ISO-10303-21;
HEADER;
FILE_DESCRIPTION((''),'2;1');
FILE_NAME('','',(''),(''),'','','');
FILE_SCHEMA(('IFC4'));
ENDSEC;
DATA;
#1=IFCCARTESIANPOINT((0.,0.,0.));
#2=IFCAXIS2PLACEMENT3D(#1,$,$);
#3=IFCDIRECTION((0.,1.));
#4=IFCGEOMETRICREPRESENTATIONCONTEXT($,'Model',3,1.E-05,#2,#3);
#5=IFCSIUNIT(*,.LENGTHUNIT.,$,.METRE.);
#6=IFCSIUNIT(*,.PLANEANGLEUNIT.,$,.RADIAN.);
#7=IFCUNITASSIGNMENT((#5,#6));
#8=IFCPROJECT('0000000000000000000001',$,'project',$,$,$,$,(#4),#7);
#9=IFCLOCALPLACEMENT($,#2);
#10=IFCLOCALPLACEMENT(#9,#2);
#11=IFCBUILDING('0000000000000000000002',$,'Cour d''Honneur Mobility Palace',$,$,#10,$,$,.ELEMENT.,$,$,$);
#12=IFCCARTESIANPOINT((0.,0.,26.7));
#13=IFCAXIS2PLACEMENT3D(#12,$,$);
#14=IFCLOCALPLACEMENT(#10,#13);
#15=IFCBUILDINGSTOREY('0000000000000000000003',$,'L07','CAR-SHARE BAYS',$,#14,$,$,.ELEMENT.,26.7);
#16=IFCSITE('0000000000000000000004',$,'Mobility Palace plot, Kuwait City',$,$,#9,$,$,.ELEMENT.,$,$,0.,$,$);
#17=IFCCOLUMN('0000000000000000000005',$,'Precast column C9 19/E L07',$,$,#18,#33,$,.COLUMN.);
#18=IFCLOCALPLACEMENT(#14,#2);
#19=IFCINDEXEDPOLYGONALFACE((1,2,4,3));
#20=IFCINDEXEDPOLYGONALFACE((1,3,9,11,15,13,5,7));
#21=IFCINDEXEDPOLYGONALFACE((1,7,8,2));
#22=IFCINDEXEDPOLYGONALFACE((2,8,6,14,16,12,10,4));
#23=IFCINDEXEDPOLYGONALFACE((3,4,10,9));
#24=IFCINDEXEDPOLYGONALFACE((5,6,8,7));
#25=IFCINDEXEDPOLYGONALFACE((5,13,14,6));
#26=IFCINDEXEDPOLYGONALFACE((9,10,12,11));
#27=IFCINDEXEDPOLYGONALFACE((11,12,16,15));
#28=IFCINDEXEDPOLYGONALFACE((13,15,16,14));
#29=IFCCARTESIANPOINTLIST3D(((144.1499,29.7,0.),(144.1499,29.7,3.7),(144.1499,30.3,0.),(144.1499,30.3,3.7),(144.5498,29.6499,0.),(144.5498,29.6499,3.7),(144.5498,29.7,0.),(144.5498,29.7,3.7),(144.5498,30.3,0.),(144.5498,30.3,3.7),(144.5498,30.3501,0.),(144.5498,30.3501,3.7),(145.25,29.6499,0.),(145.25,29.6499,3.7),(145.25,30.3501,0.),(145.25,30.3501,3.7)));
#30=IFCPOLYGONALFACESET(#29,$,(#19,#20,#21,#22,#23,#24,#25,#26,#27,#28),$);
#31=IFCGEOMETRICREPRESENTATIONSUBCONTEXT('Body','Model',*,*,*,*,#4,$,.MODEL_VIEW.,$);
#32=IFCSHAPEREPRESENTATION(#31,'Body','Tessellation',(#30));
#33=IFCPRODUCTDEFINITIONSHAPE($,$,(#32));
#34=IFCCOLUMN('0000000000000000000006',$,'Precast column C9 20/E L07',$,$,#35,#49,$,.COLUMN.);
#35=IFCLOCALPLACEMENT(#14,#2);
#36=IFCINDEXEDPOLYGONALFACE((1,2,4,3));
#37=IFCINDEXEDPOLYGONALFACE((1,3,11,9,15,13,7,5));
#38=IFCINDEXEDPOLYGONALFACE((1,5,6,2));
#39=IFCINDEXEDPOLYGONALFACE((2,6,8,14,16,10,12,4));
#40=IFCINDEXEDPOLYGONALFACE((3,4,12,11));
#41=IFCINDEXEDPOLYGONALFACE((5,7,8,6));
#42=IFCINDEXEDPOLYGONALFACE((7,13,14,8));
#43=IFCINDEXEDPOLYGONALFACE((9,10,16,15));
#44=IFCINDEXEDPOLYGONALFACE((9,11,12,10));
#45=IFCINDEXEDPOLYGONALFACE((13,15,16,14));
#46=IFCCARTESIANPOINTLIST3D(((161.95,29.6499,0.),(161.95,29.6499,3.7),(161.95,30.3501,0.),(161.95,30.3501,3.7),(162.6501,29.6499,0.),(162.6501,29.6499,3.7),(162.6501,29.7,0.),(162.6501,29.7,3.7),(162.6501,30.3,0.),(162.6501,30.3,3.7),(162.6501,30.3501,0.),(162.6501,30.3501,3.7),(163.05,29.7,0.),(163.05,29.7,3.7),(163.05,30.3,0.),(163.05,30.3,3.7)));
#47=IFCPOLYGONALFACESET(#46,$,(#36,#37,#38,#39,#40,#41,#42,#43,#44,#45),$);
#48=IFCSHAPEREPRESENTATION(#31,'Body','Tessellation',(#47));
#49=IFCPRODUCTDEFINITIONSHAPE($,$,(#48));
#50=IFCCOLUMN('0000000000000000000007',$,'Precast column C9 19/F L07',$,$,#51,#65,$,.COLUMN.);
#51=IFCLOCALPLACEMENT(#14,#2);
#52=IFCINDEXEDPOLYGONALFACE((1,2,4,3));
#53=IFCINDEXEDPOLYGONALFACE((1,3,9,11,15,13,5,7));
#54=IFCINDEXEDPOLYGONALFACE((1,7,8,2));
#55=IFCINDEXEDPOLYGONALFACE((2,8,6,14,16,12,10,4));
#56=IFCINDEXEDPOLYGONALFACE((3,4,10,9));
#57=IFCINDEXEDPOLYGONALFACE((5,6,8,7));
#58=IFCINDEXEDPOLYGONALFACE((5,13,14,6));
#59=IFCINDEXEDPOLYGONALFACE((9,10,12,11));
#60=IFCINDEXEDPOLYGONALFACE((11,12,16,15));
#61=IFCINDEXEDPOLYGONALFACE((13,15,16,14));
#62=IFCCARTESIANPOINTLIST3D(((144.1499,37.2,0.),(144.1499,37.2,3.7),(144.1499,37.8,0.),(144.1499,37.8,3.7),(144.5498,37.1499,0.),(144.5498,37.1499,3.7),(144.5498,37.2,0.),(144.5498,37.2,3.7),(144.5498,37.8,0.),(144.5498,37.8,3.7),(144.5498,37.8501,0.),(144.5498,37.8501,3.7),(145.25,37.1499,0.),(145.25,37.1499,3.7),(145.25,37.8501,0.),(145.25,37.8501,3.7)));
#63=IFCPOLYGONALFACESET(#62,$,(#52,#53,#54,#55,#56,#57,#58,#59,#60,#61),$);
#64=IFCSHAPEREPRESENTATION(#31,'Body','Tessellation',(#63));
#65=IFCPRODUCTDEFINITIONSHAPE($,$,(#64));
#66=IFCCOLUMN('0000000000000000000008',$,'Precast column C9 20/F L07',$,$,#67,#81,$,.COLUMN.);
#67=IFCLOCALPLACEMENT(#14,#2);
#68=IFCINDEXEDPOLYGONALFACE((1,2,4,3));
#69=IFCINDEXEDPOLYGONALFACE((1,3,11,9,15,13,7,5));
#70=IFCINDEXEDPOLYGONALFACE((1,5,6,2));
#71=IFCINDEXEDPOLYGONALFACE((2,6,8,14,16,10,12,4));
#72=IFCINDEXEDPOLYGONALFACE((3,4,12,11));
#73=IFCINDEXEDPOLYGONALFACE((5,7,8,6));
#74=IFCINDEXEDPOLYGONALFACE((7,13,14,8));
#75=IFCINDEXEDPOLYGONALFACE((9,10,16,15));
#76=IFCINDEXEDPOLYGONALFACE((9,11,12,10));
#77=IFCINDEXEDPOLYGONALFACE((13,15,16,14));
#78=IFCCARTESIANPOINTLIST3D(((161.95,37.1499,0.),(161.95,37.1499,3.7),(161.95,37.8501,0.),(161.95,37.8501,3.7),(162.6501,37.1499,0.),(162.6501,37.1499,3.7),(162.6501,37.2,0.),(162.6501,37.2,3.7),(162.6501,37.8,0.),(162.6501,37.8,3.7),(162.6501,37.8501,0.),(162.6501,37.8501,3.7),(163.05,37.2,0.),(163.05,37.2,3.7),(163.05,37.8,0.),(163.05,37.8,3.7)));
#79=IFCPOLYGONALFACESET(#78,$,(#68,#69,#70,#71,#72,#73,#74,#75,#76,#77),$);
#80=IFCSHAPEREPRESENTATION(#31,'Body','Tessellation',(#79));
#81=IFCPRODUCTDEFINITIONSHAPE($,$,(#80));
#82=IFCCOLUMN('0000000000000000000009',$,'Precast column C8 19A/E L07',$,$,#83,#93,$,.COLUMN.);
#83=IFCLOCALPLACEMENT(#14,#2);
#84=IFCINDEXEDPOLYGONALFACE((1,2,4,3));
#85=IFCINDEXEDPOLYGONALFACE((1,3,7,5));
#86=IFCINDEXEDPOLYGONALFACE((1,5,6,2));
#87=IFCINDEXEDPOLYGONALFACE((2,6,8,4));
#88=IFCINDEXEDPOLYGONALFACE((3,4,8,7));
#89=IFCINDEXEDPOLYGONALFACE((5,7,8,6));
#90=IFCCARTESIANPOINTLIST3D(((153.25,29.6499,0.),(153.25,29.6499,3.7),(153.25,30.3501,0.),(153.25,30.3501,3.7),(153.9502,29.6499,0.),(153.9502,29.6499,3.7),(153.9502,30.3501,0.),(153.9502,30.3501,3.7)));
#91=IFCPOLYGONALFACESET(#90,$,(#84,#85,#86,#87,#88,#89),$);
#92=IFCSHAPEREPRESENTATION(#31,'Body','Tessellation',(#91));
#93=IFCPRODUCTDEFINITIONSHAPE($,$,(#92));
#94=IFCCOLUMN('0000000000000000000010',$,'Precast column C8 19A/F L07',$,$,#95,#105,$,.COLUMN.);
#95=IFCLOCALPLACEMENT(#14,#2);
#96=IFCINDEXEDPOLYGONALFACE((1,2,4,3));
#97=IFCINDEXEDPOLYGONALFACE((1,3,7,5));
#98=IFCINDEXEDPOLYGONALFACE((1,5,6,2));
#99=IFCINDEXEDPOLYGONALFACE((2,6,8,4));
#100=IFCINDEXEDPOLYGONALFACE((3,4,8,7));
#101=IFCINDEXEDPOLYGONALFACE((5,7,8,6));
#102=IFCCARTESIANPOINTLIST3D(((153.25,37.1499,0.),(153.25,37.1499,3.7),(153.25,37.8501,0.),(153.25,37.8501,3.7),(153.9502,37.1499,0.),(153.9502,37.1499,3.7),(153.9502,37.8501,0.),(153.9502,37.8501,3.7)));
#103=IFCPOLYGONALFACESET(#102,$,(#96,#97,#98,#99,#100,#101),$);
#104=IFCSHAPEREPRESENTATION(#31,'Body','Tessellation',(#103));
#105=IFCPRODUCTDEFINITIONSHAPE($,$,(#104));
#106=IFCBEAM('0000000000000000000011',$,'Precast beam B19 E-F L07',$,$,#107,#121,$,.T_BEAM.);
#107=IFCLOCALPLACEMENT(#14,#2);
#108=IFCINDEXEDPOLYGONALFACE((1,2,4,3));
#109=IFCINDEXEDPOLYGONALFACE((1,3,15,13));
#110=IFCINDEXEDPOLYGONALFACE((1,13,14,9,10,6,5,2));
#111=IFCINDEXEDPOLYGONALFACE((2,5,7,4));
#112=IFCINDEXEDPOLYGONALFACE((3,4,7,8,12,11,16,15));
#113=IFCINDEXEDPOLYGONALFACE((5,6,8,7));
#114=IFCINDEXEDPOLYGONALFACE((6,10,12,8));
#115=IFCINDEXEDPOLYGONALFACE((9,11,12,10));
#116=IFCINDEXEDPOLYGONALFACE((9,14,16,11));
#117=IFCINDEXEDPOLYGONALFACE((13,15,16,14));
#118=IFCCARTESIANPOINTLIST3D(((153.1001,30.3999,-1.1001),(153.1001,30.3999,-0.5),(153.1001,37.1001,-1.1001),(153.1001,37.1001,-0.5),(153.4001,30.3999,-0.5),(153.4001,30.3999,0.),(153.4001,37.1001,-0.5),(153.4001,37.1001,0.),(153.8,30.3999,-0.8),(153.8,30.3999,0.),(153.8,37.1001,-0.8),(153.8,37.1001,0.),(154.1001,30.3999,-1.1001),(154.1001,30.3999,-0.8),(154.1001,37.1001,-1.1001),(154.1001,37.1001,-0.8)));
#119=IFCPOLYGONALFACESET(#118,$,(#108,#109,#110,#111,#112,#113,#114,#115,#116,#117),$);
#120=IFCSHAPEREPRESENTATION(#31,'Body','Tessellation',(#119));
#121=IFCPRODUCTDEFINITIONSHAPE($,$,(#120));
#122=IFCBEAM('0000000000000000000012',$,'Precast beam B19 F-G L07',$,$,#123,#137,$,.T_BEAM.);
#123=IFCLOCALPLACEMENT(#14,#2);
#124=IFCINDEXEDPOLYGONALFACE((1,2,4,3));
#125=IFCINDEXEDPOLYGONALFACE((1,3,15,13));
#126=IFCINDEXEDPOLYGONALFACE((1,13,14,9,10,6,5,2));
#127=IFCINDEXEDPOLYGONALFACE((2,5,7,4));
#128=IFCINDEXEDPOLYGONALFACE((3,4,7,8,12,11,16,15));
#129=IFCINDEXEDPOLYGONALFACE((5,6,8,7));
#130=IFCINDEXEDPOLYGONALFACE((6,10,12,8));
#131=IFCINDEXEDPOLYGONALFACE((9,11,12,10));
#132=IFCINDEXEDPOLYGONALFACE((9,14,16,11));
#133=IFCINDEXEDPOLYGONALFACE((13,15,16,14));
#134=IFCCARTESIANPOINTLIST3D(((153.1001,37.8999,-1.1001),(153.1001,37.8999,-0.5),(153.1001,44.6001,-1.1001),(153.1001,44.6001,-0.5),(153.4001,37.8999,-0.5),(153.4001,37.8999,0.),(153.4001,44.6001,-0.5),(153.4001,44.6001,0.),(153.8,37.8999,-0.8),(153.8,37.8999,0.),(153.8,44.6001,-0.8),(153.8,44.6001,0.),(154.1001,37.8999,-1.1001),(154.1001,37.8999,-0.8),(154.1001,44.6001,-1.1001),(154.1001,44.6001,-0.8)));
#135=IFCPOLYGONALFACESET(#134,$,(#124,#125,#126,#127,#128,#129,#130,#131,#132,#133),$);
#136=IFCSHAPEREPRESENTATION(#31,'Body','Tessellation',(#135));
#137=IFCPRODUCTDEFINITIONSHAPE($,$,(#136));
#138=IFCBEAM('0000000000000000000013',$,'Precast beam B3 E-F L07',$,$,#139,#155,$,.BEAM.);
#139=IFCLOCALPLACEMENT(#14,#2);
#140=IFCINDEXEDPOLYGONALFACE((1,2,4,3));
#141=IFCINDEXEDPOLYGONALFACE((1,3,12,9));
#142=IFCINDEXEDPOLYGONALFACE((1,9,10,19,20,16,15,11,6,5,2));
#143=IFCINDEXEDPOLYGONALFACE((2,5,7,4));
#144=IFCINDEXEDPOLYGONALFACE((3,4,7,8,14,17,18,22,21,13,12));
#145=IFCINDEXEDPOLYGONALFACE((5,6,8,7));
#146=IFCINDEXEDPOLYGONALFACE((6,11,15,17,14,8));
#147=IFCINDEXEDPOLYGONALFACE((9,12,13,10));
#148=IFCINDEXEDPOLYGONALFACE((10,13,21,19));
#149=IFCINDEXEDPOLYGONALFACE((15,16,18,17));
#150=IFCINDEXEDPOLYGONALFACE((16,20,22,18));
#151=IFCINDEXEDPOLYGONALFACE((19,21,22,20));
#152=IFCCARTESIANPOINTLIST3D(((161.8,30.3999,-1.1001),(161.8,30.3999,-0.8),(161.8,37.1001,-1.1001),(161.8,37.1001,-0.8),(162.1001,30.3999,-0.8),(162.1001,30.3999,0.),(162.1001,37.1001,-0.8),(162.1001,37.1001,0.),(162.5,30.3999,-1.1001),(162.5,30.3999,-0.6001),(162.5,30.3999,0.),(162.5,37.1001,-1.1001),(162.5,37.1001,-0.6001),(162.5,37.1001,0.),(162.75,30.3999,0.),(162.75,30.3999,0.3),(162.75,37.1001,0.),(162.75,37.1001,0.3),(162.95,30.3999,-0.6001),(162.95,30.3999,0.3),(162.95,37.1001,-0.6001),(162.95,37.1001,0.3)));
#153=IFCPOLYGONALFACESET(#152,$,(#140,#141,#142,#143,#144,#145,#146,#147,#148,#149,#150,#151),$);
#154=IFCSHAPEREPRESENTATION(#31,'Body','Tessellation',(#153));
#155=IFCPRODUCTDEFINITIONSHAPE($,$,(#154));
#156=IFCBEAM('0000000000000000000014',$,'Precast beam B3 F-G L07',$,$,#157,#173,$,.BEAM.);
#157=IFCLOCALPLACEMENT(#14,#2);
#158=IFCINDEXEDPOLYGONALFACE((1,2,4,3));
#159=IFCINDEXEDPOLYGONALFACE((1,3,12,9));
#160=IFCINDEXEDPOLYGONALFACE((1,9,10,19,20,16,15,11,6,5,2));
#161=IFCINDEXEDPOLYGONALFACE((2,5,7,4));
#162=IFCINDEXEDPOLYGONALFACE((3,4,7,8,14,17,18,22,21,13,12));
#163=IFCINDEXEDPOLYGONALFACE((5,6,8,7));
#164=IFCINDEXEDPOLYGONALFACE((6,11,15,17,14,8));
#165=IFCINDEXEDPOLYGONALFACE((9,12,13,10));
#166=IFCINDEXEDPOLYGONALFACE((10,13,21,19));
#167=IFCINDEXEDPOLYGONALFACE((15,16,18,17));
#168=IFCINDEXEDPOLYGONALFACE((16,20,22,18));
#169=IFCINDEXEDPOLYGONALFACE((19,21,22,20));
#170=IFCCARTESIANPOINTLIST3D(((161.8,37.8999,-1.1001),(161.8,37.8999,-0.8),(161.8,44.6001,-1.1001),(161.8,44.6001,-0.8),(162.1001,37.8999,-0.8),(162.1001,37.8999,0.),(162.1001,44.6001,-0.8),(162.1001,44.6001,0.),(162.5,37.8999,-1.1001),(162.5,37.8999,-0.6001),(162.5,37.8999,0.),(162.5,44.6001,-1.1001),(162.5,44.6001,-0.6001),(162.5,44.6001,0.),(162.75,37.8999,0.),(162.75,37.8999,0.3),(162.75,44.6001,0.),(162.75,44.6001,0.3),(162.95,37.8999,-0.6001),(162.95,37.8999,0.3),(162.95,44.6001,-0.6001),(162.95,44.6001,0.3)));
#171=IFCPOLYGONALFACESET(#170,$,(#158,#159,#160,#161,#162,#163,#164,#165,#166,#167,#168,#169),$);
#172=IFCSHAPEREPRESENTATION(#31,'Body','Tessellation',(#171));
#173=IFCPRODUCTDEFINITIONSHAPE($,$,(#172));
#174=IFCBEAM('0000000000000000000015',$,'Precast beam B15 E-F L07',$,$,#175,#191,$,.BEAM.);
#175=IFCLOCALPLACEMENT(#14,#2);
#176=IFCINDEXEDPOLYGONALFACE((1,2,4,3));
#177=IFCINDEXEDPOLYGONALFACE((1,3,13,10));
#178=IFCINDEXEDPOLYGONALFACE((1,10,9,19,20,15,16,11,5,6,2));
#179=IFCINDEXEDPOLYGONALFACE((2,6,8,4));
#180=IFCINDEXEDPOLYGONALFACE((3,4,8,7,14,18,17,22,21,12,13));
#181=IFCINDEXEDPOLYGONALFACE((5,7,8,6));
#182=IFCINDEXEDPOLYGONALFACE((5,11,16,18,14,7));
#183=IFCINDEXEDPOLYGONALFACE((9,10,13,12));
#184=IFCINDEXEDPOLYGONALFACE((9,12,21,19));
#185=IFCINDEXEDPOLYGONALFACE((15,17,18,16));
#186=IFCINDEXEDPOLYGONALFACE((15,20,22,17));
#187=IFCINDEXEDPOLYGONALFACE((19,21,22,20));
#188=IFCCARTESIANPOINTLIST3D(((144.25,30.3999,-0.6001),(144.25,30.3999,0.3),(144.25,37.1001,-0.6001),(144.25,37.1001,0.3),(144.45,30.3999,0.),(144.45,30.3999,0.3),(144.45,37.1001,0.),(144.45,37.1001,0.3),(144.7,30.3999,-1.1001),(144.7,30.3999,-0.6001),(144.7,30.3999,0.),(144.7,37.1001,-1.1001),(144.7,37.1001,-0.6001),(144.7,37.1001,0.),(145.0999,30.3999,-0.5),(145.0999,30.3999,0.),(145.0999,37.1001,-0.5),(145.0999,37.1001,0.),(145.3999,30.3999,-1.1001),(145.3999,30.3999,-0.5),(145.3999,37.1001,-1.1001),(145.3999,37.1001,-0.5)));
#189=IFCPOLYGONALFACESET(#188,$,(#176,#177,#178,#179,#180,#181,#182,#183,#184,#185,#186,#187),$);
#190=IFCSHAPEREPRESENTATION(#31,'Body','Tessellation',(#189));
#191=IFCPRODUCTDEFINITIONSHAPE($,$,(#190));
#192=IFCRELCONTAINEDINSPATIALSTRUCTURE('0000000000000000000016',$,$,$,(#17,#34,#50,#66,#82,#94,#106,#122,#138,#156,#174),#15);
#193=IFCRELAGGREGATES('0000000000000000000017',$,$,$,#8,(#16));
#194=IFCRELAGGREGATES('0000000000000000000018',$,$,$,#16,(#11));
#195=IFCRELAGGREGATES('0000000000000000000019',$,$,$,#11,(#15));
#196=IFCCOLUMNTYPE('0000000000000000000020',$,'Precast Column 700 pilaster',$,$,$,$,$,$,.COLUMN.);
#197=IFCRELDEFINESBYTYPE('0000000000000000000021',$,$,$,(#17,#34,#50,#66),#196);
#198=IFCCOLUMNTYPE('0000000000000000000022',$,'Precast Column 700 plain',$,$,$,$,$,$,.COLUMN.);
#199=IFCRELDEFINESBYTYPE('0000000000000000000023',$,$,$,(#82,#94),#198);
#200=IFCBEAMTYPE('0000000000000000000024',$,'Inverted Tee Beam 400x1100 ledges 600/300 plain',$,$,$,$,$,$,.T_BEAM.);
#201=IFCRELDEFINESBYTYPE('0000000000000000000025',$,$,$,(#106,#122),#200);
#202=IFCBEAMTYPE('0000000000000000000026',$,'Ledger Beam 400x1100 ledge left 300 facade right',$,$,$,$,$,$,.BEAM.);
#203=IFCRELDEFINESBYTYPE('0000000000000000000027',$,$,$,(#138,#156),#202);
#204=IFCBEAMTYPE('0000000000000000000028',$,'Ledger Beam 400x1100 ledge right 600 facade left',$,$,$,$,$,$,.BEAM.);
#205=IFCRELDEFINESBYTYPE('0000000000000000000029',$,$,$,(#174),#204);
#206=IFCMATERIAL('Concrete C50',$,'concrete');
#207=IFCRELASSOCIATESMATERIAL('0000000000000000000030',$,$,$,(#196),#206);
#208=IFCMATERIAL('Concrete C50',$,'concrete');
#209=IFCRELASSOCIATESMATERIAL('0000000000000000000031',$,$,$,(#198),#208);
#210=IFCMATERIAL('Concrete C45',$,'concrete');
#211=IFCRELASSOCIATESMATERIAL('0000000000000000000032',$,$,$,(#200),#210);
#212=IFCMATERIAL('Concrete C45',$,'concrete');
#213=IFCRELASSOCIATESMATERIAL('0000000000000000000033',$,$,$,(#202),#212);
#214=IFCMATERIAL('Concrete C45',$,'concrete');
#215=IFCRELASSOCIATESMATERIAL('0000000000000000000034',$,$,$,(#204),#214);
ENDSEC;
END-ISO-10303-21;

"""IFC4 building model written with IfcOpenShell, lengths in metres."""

from ifc_helpers import new_model, si_unit, direction, frame, origin, place, context, subcontext, project, spatial, polyline, outline, extrude, material, material_profile, profile_set, type_object, element, save


model = new_model("IFC4")

# Units and contexts
model_context = context("Model", 3, precision=1e-05, world=origin(), true_north=direction((0.0, 1.0)))
body_context = subcontext(model_context, "Body", "Model", "MODEL_VIEW")
ifc_project = project(units=[si_unit("LENGTHUNIT", "METRE"), si_unit("PLANEANGLEUNIT", "RADIAN")], contexts=[model_context])

# Site, building, storey
site_placement = place(None, origin())
site = spatial("IfcSite", under=ifc_project, at=site_placement, Name="Mobility Palace plot, Kuwait City", CompositionType="ELEMENT", RefElevation=0.0)
building_placement = place(site_placement, origin())
building = spatial("IfcBuilding", under=site, at=building_placement, Name="Cour d'Honneur Mobility Palace", CompositionType="ELEMENT")
storey_placement = place(building_placement, frame((0.0, 0.0, 26.7)))
storey = spatial("IfcBuildingStorey", under=building, at=storey_placement, Name="L07", Description="CAR-SHARE BAYS", CompositionType="ELEMENT", Elevation=26.7)

# Columns
ifc_material_1 = material(Name="Concrete C50", Category="concrete")
ifc_material_profile_1 = material_profile(ifc_material_1, outline(polyline([(-0.3501, -0.3501), (0.3501, -0.3501), (0.3501, -0.3), (0.75, -0.3), (0.75, 0.3), (0.3501, 0.3), (0.3501, 0.3501), (-0.3501, 0.3501), (-0.3501, -0.3501)])), Name="PC C700 pilaster")
ifc_profile_set_1 = profile_set([ifc_material_profile_1], Name="Concrete C50")
column_type_1 = type_object("IfcColumnType", Name="Precast Column 700 pilaster", PredefinedType="COLUMN", material=ifc_profile_set_1)
for number, where, z_axis, x_axis, name in (
    (1, (144.8999, 30.0, 0.0), (0.0, 0.0, 1.0), (-1.0, 0.0, 0.0), "Precast column C9 19/E L07"),
    (2, (162.3, 30.0, 0.0), (0.0, 0.0, 1.0), (1.0, 0.0, 0.0), "Precast column C9 20/E L07"),
    (3, (144.8999, 37.5, 0.0), (0.0, 0.0, 1.0), (-1.0, 0.0, 0.0), "Precast column C9 19/F L07"),
    (4, (162.3, 37.5, 0.0), (0.0, 0.0, 1.0), (1.0, 0.0, 0.0), "Precast column C9 20/F L07"),
):
    element("IfcColumn", number, at=place(storey_placement, frame(where, z_axis=z_axis, x_axis=x_axis)), inside=storey, type_object=column_type_1, Name=name, PredefinedType="COLUMN", context=body_context, shape_type="SweptSolid", body=[
        extrude(outline(polyline([(-0.3501, -0.3501), (0.3501, -0.3501), (0.3501, -0.3), (0.75, -0.3), (0.75, 0.3), (0.3501, 0.3), (0.3501, 0.3501), (-0.3501, 0.3501), (-0.3501, -0.3501)])), origin(), (0.0, 0.0, 1.0), 3.7),
    ])
ifc_material_2 = material(Name="Concrete C50", Category="concrete")
ifc_material_profile_2 = material_profile(ifc_material_2, outline(polyline([(-0.3501, -0.3501), (0.3501, -0.3501), (0.3501, 0.3501), (-0.3501, 0.3501), (-0.3501, -0.3501)])), Name="PC C700 plain")
ifc_profile_set_2 = profile_set([ifc_material_profile_2], Name="Concrete C50")
column_type_2 = type_object("IfcColumnType", Name="Precast Column 700 plain", PredefinedType="COLUMN", material=ifc_profile_set_2)
for number, where, z_axis, x_axis, name in (
    (5, (153.6001, 30.0, 0.0), (0.0, 0.0, 1.0), (1.0, 0.0, 0.0), "Precast column C8 19A/E L07"),
    (6, (153.6001, 37.5, 0.0), (0.0, 0.0, 1.0), (1.0, 0.0, 0.0), "Precast column C8 19A/F L07"),
):
    element("IfcColumn", number, at=place(storey_placement, frame(where, z_axis=z_axis, x_axis=x_axis)), inside=storey, type_object=column_type_2, Name=name, PredefinedType="COLUMN", context=body_context, shape_type="SweptSolid", body=[
        extrude(outline(polyline([(-0.3501, -0.3501), (0.3501, -0.3501), (0.3501, 0.3501), (-0.3501, 0.3501), (-0.3501, -0.3501)])), origin(), (0.0, 0.0, 1.0), 3.7),
    ])

# Beams
ifc_material_3 = material(Name="Concrete C45", Category="concrete")
ifc_material_profile_3 = material_profile(ifc_material_3, outline(polyline([(0.5, -1.1001), (0.5, -0.5), (0.2, -0.5), (0.2, 0.0), (-0.2, 0.0), (-0.2, -0.8), (-0.5, -0.8), (-0.5, -1.1001), (0.5, -1.1001)])), Name="Inverted Tee Beam 400x1100 ledges 600/300 plain")
ifc_profile_set_3 = profile_set([ifc_material_profile_3], Name="Concrete C45")
beam_type_1 = type_object("IfcBeamType", Name="Inverted Tee Beam 400x1100 ledges 600/300 plain", PredefinedType="T_BEAM", material=ifc_profile_set_3)
for number, where, z_axis, x_axis, name in (
    (7, (153.6001, 30.3999, 0.0), (0.0, 1.0, 0.0), (-1.0, 0.0, 0.0), "Precast beam B19 E-F L07"),
    (8, (153.6001, 37.8999, 0.0), (0.0, 1.0, 0.0), (-1.0, 0.0, 0.0), "Precast beam B19 F-G L07"),
):
    element("IfcBeam", number, at=place(storey_placement, frame(where, z_axis=z_axis, x_axis=x_axis)), inside=storey, type_object=beam_type_1, Name=name, PredefinedType="T_BEAM", context=body_context, shape_type="SweptSolid", body=[
        extrude(outline(polyline([(0.5, -1.1001), (0.5, -0.5), (0.2, -0.5), (0.2, 0.0), (-0.2, 0.0), (-0.2, -0.8), (-0.5, -0.8), (-0.5, -1.1001), (0.5, -1.1001)])), origin(), (0.0, 0.0, 1.0), 6.7002),
    ])
ifc_material_4 = material(Name="Concrete C45", Category="concrete")
ifc_material_profile_4 = material_profile(ifc_material_4, outline(polyline([(0.5, -1.1001), (0.5, -0.8), (0.2, -0.8), (0.2, 0.0), (-0.2, 0.0), (-0.45, 0.0), (-0.45, 0.3), (-0.6499, 0.3), (-0.6499, -0.6001), (-0.2, -0.6001), (-0.2, -1.1001), (0.5, -1.1001)])), Name="Ledger Beam 400x1100 ledge left 300 facade right")
ifc_profile_set_4 = profile_set([ifc_material_profile_4], Name="Concrete C45")
beam_type_2 = type_object("IfcBeamType", Name="Ledger Beam 400x1100 ledge left 300 facade right", PredefinedType="BEAM", material=ifc_profile_set_4)
for number, where, z_axis, x_axis, name in (
    (9, (162.3, 30.3999, 0.0), (0.0, 1.0, 0.0), (-1.0, 0.0, 0.0), "Precast beam B3 E-F L07"),
    (10, (162.3, 37.8999, 0.0), (0.0, 1.0, 0.0), (-1.0, 0.0, 0.0), "Precast beam B3 F-G L07"),
):
    element("IfcBeam", number, at=place(storey_placement, frame(where, z_axis=z_axis, x_axis=x_axis)), inside=storey, type_object=beam_type_2, Name=name, PredefinedType="BEAM", context=body_context, shape_type="SweptSolid", body=[
        extrude(outline(polyline([(0.5, -1.1001), (0.5, -0.8), (0.2, -0.8), (0.2, 0.0), (-0.2, 0.0), (-0.45, 0.0), (-0.45, 0.3), (-0.6499, 0.3), (-0.6499, -0.6001), (-0.2, -0.6001), (-0.2, -1.1001), (0.5, -1.1001)])), origin(), (0.0, 0.0, 1.0), 6.7002),
    ])
ifc_material_5 = material(Name="Concrete C45", Category="concrete")
ifc_material_profile_5 = material_profile(ifc_material_5, outline(polyline([(0.2, -1.1001), (0.2, -0.6001), (0.6499, -0.6001), (0.6499, 0.3), (0.45, 0.3), (0.45, 0.0), (0.2, 0.0), (-0.2, 0.0), (-0.2, -0.5), (-0.5, -0.5), (-0.5, -1.1001), (0.2, -1.1001)])), Name="Ledger Beam 400x1100 ledge right 600 facade left")
ifc_profile_set_5 = profile_set([ifc_material_profile_5], Name="Concrete C45")
beam_type_3 = type_object("IfcBeamType", Name="Ledger Beam 400x1100 ledge right 600 facade left", PredefinedType="BEAM", material=ifc_profile_set_5)
for number, where, z_axis, x_axis, name in (
    (11, (144.8999, 30.3999, 0.0), (0.0, 1.0, 0.0), (-1.0, 0.0, 0.0), "Precast beam B15 E-F L07"),
):
    element("IfcBeam", number, at=place(storey_placement, frame(where, z_axis=z_axis, x_axis=x_axis)), inside=storey, type_object=beam_type_3, Name=name, PredefinedType="BEAM", context=body_context, shape_type="SweptSolid", body=[
        extrude(outline(polyline([(0.2, -1.1001), (0.2, -0.6001), (0.6499, -0.6001), (0.6499, 0.3), (0.45, 0.3), (0.45, 0.0), (0.2, 0.0), (-0.2, 0.0), (-0.2, -0.5), (-0.5, -0.5), (-0.5, -1.1001), (0.2, -1.1001)])), origin(), (0.0, 0.0, 1.0), 6.7002),
    ])

save(model, "model.ifc")
